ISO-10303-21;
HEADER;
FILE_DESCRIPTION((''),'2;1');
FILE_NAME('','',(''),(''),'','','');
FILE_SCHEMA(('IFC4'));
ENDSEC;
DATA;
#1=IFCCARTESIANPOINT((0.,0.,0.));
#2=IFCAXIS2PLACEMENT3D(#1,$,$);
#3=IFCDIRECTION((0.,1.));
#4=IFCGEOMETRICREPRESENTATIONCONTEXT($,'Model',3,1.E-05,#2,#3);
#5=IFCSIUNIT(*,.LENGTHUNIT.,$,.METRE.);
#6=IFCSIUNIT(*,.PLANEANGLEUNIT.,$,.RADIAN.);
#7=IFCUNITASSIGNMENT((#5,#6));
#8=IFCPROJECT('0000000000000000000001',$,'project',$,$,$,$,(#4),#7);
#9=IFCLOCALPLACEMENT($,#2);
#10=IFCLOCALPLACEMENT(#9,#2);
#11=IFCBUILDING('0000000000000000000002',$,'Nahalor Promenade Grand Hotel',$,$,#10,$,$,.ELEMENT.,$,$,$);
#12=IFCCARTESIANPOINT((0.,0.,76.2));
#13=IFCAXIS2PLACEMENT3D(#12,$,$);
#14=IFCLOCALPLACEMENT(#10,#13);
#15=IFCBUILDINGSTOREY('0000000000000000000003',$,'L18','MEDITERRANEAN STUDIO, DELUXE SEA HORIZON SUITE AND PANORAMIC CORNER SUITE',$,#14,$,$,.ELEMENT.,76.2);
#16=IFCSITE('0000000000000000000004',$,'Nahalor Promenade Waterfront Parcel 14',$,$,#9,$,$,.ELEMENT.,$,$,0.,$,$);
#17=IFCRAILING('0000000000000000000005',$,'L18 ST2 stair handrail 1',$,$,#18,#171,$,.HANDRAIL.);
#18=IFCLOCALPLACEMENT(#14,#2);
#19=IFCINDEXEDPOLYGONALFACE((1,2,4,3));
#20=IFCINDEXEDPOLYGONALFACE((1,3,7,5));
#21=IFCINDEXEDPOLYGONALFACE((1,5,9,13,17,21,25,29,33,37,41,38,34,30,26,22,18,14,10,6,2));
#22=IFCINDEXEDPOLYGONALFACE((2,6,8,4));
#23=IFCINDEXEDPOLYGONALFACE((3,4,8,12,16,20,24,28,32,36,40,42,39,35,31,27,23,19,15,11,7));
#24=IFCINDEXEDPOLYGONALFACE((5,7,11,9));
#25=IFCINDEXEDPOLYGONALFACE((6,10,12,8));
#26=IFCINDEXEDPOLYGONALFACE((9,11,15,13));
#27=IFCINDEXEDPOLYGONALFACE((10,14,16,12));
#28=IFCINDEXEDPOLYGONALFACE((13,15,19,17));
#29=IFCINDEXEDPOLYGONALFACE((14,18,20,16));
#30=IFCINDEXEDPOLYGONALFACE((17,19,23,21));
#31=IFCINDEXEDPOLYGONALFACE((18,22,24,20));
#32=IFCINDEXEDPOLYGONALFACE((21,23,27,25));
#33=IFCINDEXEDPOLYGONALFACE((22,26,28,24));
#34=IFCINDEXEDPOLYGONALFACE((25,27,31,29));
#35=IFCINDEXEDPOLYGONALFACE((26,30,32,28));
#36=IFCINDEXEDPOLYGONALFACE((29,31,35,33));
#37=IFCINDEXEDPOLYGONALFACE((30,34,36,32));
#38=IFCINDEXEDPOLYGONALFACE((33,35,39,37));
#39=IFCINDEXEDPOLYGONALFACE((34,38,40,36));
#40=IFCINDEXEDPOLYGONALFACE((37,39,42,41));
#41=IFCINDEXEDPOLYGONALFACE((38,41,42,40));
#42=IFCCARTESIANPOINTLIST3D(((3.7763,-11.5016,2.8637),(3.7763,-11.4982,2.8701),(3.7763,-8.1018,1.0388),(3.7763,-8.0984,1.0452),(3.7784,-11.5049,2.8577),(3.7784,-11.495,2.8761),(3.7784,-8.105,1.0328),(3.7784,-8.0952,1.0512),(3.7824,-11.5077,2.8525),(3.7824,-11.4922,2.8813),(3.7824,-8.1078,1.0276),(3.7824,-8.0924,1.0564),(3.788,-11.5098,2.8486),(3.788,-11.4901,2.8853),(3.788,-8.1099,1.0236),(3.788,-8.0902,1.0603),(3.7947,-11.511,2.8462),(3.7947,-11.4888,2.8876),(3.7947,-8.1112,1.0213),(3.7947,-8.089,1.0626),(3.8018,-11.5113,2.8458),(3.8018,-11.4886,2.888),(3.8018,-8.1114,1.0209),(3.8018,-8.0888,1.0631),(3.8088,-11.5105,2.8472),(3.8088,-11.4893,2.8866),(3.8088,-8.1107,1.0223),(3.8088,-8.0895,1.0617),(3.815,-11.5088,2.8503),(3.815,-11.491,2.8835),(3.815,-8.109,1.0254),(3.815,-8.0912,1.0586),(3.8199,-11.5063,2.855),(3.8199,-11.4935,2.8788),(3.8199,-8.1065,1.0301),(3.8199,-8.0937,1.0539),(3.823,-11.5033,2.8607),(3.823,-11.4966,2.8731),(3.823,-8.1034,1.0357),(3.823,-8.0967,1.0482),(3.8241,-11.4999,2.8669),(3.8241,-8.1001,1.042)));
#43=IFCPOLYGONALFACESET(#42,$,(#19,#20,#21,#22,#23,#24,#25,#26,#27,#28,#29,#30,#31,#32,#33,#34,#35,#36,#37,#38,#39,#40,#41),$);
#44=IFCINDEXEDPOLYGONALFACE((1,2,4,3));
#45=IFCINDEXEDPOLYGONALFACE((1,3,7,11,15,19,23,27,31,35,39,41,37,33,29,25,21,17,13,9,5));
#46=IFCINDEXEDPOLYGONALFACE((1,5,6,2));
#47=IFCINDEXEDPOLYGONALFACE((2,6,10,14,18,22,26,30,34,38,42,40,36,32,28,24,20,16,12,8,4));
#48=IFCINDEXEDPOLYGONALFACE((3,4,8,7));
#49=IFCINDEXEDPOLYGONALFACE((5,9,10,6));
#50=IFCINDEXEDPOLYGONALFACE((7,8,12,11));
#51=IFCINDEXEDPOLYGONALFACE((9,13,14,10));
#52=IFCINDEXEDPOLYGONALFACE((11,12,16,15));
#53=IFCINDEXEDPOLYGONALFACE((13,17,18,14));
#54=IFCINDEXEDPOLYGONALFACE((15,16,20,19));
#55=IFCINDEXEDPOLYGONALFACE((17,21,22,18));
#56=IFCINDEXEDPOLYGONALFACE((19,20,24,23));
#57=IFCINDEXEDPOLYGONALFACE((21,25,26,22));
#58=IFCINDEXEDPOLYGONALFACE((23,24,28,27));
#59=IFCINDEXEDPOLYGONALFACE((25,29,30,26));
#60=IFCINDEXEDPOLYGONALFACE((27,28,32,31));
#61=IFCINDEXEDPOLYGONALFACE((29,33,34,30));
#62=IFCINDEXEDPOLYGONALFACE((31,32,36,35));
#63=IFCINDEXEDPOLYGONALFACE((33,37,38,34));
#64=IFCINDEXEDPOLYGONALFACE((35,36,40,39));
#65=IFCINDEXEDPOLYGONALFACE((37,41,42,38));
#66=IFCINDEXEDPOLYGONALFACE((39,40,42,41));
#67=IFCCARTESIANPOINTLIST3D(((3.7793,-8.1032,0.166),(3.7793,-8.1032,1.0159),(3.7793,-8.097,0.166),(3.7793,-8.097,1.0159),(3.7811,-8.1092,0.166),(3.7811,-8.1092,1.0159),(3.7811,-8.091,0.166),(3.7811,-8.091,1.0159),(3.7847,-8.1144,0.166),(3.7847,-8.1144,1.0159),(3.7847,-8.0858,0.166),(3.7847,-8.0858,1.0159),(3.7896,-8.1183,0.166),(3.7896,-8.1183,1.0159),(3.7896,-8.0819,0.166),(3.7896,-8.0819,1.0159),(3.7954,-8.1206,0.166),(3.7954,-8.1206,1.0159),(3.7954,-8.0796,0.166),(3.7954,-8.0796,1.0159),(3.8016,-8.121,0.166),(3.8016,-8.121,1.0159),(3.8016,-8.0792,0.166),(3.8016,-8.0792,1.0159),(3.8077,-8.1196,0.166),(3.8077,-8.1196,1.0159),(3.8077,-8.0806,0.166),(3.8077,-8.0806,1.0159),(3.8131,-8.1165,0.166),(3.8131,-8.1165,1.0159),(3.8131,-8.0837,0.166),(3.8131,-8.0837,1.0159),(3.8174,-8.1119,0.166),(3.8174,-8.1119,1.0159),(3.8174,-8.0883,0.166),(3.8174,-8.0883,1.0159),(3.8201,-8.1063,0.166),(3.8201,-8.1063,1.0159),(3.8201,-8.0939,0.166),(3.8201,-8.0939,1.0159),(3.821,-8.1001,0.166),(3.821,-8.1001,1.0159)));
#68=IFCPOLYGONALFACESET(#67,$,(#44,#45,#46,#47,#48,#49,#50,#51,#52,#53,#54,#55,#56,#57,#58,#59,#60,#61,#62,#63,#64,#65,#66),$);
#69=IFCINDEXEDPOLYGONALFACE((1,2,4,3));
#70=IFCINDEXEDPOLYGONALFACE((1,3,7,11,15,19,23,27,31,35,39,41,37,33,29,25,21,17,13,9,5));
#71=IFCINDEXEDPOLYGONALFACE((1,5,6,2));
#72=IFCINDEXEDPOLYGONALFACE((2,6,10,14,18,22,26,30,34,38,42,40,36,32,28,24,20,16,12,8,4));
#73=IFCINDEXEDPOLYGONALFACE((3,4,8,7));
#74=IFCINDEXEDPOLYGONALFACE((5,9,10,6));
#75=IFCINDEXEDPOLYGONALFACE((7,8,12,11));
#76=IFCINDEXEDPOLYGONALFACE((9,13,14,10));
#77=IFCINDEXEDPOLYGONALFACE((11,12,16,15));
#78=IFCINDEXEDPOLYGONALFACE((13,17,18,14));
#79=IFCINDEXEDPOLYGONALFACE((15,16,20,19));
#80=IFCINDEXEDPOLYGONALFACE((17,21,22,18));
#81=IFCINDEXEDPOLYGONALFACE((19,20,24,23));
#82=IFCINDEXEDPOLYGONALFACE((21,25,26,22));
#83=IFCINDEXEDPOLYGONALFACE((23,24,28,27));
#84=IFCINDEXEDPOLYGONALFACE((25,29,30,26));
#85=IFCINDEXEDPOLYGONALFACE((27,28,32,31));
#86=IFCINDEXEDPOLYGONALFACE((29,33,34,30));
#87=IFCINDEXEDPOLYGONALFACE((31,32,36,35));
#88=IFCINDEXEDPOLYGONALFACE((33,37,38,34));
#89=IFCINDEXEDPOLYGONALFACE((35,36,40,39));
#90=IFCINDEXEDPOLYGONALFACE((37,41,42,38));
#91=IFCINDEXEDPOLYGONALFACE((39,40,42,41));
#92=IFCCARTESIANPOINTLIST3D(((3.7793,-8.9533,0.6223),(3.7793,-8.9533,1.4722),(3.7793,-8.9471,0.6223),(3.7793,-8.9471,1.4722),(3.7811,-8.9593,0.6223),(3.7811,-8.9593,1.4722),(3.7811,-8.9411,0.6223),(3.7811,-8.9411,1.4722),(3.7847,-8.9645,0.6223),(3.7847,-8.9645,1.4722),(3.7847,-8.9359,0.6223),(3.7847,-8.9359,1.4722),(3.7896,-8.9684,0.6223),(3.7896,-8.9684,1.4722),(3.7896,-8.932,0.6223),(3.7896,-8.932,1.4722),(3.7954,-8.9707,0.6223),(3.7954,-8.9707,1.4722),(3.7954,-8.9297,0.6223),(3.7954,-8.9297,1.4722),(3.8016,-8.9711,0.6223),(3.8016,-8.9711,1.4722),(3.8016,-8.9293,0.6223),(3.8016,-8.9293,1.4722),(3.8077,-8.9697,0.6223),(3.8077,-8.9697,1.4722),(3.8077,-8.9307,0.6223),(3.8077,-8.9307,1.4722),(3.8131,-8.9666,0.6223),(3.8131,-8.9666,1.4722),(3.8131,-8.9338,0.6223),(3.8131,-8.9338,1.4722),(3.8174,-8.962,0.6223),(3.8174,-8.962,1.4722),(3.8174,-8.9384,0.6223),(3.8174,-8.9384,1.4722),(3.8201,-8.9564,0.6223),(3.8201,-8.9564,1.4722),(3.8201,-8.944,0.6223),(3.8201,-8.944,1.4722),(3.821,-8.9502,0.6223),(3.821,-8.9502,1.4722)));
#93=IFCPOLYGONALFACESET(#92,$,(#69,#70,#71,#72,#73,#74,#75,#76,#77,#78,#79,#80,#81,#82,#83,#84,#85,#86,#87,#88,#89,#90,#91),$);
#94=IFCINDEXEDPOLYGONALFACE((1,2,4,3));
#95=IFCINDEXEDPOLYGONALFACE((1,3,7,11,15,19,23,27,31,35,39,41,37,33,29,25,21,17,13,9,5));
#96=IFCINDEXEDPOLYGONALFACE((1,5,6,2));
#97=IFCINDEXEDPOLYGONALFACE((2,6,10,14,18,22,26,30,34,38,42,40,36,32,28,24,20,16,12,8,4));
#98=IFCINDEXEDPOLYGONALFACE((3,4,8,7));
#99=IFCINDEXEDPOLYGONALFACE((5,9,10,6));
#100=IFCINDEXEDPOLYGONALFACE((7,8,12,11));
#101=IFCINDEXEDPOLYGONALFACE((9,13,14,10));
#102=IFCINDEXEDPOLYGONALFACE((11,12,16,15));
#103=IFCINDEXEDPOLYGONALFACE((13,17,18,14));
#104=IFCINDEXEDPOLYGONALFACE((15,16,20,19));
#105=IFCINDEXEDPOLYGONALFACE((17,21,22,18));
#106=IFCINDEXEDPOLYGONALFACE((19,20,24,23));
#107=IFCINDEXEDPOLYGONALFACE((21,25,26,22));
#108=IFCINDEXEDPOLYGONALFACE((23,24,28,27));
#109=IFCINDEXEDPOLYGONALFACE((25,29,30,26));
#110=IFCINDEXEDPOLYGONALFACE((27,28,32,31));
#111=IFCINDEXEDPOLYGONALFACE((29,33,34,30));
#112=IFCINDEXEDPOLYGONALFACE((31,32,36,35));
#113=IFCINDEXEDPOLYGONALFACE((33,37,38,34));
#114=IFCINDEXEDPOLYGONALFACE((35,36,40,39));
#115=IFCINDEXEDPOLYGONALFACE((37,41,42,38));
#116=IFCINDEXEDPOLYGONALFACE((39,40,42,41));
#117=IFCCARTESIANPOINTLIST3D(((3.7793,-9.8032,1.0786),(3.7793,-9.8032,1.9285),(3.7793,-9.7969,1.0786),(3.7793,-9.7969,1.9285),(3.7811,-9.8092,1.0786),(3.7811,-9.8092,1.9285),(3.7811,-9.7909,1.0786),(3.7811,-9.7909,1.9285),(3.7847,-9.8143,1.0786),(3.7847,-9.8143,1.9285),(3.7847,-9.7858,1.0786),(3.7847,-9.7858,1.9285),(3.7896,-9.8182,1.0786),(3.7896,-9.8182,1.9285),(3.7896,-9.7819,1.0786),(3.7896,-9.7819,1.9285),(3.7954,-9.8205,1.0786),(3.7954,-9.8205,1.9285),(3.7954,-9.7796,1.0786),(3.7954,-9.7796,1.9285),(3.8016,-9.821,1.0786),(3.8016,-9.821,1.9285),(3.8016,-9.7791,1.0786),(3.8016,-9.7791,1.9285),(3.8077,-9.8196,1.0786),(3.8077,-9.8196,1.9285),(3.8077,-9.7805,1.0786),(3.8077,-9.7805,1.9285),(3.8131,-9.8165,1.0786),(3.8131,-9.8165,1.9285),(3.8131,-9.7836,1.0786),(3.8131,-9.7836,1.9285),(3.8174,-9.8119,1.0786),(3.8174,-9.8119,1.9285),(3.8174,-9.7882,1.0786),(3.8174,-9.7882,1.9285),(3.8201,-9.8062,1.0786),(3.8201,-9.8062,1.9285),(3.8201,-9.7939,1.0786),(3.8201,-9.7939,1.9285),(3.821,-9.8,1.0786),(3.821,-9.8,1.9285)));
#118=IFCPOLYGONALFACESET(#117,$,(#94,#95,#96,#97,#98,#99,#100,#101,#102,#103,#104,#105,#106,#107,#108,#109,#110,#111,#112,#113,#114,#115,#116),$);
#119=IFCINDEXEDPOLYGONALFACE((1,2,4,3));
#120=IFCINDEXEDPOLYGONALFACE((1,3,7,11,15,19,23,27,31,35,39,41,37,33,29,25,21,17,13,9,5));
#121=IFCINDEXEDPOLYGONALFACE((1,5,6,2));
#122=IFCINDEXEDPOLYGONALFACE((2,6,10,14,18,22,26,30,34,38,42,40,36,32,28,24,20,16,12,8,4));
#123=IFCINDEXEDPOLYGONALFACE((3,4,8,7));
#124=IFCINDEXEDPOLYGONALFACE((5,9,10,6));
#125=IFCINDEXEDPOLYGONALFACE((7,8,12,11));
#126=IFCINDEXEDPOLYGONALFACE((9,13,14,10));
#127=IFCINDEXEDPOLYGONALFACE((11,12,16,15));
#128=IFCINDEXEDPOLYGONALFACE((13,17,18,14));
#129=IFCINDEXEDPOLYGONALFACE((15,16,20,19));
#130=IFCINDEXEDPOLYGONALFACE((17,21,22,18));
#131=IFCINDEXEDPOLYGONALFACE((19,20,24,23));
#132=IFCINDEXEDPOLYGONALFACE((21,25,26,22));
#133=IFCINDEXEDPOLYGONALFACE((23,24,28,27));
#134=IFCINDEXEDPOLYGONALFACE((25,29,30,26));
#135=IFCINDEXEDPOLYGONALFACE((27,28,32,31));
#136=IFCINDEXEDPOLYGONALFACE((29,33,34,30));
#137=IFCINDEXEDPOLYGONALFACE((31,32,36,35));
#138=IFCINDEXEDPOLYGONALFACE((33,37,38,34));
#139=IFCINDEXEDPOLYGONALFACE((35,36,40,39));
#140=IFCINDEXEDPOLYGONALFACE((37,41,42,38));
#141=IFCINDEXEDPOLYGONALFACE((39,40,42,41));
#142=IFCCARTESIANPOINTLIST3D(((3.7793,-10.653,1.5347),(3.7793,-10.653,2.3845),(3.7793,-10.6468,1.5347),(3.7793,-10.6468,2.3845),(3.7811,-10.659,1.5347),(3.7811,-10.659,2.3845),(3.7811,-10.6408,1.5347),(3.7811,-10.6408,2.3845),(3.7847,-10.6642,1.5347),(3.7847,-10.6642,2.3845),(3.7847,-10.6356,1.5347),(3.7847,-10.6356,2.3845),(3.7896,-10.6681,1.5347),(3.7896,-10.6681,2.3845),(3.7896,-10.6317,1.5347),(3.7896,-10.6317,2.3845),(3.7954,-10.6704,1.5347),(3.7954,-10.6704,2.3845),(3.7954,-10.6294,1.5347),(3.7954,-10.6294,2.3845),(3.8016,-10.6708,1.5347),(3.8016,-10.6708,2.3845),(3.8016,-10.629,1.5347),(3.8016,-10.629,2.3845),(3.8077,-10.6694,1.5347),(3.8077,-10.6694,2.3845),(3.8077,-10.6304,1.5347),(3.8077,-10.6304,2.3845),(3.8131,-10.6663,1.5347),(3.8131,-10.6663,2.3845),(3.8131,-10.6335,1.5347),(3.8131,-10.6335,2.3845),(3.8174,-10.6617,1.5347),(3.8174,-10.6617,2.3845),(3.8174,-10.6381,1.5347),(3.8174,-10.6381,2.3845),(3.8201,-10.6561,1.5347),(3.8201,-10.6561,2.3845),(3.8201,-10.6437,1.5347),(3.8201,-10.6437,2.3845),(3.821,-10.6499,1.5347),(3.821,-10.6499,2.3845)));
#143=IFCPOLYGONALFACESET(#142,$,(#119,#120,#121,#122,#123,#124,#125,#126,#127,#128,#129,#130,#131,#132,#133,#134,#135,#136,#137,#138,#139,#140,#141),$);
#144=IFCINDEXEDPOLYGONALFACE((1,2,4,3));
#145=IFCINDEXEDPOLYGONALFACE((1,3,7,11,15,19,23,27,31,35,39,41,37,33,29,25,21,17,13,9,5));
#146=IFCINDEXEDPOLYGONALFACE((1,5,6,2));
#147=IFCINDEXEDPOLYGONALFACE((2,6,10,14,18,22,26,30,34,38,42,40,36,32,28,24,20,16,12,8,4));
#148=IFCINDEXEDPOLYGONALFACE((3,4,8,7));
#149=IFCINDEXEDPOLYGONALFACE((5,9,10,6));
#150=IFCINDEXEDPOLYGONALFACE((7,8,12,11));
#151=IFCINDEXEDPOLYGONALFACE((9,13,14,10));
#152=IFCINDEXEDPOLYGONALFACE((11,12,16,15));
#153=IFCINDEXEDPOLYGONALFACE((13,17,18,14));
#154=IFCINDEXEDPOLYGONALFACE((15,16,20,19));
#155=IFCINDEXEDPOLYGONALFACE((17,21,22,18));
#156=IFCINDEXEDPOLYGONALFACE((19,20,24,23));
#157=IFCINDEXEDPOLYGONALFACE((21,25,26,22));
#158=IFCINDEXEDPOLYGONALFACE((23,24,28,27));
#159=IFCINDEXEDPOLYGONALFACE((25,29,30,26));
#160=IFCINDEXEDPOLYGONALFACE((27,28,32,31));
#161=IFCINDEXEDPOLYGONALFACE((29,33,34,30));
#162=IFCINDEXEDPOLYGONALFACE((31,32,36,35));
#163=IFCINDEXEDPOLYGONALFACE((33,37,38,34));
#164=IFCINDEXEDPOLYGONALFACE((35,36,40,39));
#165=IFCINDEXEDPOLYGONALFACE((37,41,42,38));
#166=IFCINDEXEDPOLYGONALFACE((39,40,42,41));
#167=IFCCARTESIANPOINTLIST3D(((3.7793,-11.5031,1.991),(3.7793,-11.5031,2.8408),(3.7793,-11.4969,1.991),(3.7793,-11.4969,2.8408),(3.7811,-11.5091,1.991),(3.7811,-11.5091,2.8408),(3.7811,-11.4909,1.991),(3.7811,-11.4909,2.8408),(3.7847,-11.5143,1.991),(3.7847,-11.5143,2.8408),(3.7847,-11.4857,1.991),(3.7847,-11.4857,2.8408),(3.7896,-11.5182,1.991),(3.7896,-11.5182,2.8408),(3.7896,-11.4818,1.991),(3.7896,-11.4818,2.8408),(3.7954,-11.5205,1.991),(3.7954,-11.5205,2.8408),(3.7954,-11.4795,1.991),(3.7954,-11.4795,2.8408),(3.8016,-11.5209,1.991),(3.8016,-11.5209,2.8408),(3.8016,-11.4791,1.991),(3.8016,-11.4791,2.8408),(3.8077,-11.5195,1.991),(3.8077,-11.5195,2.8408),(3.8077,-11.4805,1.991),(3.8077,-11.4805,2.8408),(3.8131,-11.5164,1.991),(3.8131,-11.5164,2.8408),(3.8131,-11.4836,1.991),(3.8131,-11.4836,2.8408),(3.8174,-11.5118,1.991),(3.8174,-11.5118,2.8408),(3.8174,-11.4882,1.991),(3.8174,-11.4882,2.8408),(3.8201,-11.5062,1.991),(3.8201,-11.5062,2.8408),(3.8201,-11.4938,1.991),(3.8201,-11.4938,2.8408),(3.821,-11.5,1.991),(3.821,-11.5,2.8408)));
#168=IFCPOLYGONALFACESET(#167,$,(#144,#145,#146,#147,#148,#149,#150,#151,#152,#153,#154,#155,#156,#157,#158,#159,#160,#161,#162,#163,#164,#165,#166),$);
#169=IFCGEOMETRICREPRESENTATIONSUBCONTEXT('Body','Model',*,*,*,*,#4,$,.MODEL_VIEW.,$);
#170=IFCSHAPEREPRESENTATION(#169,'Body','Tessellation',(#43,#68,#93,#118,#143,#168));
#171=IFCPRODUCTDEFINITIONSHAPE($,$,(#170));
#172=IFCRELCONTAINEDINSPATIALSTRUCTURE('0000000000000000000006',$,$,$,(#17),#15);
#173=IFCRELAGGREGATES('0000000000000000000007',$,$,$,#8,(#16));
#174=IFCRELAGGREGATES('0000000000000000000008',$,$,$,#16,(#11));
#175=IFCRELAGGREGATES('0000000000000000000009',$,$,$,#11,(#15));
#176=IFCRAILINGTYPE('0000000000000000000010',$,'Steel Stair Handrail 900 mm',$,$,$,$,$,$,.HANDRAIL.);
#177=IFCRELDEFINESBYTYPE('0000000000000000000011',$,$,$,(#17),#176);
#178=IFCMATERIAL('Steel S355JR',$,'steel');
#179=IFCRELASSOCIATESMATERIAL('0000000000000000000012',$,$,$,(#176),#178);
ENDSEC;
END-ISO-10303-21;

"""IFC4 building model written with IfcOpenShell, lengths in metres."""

from ifc_helpers import new_model, si_unit, direction, frame, origin, origin_2d, place, context, subcontext, project, spatial, circle, extrude, material, type_object, element, save


model = new_model("IFC4")

# Units and contexts
model_context = context("Model", 3, precision=1e-05, world=origin(), true_north=direction((0.0, 1.0)))
body_context = subcontext(model_context, "Body", "Model", "MODEL_VIEW")
ifc_project = project(units=[si_unit("LENGTHUNIT", "METRE"), si_unit("PLANEANGLEUNIT", "RADIAN")], contexts=[model_context])

# Site, building, storey
site_placement = place(None, origin())
site = spatial("IfcSite", under=ifc_project, at=site_placement, Name="Nahalor Promenade Waterfront Parcel 14", CompositionType="ELEMENT", RefElevation=0.0)
building_placement = place(site_placement, origin())
building = spatial("IfcBuilding", under=site, at=building_placement, Name="Nahalor Promenade Grand Hotel", CompositionType="ELEMENT")
storey_placement = place(building_placement, frame((0.0, 0.0, 76.2)))
storey = spatial("IfcBuildingStorey", under=building, at=storey_placement, Name="L18", Description="MEDITERRANEAN STUDIO, DELUXE SEA HORIZON SUITE AND PANORAMIC CORNER SUITE", CompositionType="ELEMENT", Elevation=76.2)

# Shared definitions
ifc_material_1 = material(Name="Steel S355JR", Category="steel")

# Railing
railing_type_1 = type_object("IfcRailingType", Name="Steel Stair Handrail 900 mm", PredefinedType="HANDRAIL", material=ifc_material_1)
railing_1_placement = place(storey_placement, frame((3.8, -8.1001, 0.166)))
element("IfcRailing", 1, at=railing_1_placement, inside=storey, type_object=railing_type_1, Name="L18 ST2 stair handrail 1", PredefinedType="HANDRAIL", context=body_context, shape_type="SweptSolid", body=[
    extrude(circle(Radius=0.024, at=origin_2d()), frame((0.0, 0.0, 0.876), z_axis=(0.0, -0.881094, 0.472941), x_axis=(1.0, 0.0, 0.0)), (0.0, 0.0, 1.0), 3.8586),
    extrude(circle(Radius=0.021, at=origin_2d()), origin(), (0.0, 0.0, 1.0), 0.8499),
    extrude(circle(Radius=0.021, at=origin_2d()), frame((0.0, -0.8501, 0.4563)), (0.0, 0.0, 1.0), 0.8499),
    extrude(circle(Radius=0.021, at=origin_2d()), frame((0.0, -1.7, 0.9126)), (0.0, 0.0, 1.0), 0.8499),
    extrude(circle(Radius=0.021, at=origin_2d()), frame((0.0, -2.5498, 1.3687)), (0.0, 0.0, 1.0), 0.8499),
    extrude(circle(Radius=0.021, at=origin_2d()), frame((0.0, -3.3999, 1.825)), (0.0, 0.0, 1.0), 0.8499),
])

save(model, "model.ifc")
